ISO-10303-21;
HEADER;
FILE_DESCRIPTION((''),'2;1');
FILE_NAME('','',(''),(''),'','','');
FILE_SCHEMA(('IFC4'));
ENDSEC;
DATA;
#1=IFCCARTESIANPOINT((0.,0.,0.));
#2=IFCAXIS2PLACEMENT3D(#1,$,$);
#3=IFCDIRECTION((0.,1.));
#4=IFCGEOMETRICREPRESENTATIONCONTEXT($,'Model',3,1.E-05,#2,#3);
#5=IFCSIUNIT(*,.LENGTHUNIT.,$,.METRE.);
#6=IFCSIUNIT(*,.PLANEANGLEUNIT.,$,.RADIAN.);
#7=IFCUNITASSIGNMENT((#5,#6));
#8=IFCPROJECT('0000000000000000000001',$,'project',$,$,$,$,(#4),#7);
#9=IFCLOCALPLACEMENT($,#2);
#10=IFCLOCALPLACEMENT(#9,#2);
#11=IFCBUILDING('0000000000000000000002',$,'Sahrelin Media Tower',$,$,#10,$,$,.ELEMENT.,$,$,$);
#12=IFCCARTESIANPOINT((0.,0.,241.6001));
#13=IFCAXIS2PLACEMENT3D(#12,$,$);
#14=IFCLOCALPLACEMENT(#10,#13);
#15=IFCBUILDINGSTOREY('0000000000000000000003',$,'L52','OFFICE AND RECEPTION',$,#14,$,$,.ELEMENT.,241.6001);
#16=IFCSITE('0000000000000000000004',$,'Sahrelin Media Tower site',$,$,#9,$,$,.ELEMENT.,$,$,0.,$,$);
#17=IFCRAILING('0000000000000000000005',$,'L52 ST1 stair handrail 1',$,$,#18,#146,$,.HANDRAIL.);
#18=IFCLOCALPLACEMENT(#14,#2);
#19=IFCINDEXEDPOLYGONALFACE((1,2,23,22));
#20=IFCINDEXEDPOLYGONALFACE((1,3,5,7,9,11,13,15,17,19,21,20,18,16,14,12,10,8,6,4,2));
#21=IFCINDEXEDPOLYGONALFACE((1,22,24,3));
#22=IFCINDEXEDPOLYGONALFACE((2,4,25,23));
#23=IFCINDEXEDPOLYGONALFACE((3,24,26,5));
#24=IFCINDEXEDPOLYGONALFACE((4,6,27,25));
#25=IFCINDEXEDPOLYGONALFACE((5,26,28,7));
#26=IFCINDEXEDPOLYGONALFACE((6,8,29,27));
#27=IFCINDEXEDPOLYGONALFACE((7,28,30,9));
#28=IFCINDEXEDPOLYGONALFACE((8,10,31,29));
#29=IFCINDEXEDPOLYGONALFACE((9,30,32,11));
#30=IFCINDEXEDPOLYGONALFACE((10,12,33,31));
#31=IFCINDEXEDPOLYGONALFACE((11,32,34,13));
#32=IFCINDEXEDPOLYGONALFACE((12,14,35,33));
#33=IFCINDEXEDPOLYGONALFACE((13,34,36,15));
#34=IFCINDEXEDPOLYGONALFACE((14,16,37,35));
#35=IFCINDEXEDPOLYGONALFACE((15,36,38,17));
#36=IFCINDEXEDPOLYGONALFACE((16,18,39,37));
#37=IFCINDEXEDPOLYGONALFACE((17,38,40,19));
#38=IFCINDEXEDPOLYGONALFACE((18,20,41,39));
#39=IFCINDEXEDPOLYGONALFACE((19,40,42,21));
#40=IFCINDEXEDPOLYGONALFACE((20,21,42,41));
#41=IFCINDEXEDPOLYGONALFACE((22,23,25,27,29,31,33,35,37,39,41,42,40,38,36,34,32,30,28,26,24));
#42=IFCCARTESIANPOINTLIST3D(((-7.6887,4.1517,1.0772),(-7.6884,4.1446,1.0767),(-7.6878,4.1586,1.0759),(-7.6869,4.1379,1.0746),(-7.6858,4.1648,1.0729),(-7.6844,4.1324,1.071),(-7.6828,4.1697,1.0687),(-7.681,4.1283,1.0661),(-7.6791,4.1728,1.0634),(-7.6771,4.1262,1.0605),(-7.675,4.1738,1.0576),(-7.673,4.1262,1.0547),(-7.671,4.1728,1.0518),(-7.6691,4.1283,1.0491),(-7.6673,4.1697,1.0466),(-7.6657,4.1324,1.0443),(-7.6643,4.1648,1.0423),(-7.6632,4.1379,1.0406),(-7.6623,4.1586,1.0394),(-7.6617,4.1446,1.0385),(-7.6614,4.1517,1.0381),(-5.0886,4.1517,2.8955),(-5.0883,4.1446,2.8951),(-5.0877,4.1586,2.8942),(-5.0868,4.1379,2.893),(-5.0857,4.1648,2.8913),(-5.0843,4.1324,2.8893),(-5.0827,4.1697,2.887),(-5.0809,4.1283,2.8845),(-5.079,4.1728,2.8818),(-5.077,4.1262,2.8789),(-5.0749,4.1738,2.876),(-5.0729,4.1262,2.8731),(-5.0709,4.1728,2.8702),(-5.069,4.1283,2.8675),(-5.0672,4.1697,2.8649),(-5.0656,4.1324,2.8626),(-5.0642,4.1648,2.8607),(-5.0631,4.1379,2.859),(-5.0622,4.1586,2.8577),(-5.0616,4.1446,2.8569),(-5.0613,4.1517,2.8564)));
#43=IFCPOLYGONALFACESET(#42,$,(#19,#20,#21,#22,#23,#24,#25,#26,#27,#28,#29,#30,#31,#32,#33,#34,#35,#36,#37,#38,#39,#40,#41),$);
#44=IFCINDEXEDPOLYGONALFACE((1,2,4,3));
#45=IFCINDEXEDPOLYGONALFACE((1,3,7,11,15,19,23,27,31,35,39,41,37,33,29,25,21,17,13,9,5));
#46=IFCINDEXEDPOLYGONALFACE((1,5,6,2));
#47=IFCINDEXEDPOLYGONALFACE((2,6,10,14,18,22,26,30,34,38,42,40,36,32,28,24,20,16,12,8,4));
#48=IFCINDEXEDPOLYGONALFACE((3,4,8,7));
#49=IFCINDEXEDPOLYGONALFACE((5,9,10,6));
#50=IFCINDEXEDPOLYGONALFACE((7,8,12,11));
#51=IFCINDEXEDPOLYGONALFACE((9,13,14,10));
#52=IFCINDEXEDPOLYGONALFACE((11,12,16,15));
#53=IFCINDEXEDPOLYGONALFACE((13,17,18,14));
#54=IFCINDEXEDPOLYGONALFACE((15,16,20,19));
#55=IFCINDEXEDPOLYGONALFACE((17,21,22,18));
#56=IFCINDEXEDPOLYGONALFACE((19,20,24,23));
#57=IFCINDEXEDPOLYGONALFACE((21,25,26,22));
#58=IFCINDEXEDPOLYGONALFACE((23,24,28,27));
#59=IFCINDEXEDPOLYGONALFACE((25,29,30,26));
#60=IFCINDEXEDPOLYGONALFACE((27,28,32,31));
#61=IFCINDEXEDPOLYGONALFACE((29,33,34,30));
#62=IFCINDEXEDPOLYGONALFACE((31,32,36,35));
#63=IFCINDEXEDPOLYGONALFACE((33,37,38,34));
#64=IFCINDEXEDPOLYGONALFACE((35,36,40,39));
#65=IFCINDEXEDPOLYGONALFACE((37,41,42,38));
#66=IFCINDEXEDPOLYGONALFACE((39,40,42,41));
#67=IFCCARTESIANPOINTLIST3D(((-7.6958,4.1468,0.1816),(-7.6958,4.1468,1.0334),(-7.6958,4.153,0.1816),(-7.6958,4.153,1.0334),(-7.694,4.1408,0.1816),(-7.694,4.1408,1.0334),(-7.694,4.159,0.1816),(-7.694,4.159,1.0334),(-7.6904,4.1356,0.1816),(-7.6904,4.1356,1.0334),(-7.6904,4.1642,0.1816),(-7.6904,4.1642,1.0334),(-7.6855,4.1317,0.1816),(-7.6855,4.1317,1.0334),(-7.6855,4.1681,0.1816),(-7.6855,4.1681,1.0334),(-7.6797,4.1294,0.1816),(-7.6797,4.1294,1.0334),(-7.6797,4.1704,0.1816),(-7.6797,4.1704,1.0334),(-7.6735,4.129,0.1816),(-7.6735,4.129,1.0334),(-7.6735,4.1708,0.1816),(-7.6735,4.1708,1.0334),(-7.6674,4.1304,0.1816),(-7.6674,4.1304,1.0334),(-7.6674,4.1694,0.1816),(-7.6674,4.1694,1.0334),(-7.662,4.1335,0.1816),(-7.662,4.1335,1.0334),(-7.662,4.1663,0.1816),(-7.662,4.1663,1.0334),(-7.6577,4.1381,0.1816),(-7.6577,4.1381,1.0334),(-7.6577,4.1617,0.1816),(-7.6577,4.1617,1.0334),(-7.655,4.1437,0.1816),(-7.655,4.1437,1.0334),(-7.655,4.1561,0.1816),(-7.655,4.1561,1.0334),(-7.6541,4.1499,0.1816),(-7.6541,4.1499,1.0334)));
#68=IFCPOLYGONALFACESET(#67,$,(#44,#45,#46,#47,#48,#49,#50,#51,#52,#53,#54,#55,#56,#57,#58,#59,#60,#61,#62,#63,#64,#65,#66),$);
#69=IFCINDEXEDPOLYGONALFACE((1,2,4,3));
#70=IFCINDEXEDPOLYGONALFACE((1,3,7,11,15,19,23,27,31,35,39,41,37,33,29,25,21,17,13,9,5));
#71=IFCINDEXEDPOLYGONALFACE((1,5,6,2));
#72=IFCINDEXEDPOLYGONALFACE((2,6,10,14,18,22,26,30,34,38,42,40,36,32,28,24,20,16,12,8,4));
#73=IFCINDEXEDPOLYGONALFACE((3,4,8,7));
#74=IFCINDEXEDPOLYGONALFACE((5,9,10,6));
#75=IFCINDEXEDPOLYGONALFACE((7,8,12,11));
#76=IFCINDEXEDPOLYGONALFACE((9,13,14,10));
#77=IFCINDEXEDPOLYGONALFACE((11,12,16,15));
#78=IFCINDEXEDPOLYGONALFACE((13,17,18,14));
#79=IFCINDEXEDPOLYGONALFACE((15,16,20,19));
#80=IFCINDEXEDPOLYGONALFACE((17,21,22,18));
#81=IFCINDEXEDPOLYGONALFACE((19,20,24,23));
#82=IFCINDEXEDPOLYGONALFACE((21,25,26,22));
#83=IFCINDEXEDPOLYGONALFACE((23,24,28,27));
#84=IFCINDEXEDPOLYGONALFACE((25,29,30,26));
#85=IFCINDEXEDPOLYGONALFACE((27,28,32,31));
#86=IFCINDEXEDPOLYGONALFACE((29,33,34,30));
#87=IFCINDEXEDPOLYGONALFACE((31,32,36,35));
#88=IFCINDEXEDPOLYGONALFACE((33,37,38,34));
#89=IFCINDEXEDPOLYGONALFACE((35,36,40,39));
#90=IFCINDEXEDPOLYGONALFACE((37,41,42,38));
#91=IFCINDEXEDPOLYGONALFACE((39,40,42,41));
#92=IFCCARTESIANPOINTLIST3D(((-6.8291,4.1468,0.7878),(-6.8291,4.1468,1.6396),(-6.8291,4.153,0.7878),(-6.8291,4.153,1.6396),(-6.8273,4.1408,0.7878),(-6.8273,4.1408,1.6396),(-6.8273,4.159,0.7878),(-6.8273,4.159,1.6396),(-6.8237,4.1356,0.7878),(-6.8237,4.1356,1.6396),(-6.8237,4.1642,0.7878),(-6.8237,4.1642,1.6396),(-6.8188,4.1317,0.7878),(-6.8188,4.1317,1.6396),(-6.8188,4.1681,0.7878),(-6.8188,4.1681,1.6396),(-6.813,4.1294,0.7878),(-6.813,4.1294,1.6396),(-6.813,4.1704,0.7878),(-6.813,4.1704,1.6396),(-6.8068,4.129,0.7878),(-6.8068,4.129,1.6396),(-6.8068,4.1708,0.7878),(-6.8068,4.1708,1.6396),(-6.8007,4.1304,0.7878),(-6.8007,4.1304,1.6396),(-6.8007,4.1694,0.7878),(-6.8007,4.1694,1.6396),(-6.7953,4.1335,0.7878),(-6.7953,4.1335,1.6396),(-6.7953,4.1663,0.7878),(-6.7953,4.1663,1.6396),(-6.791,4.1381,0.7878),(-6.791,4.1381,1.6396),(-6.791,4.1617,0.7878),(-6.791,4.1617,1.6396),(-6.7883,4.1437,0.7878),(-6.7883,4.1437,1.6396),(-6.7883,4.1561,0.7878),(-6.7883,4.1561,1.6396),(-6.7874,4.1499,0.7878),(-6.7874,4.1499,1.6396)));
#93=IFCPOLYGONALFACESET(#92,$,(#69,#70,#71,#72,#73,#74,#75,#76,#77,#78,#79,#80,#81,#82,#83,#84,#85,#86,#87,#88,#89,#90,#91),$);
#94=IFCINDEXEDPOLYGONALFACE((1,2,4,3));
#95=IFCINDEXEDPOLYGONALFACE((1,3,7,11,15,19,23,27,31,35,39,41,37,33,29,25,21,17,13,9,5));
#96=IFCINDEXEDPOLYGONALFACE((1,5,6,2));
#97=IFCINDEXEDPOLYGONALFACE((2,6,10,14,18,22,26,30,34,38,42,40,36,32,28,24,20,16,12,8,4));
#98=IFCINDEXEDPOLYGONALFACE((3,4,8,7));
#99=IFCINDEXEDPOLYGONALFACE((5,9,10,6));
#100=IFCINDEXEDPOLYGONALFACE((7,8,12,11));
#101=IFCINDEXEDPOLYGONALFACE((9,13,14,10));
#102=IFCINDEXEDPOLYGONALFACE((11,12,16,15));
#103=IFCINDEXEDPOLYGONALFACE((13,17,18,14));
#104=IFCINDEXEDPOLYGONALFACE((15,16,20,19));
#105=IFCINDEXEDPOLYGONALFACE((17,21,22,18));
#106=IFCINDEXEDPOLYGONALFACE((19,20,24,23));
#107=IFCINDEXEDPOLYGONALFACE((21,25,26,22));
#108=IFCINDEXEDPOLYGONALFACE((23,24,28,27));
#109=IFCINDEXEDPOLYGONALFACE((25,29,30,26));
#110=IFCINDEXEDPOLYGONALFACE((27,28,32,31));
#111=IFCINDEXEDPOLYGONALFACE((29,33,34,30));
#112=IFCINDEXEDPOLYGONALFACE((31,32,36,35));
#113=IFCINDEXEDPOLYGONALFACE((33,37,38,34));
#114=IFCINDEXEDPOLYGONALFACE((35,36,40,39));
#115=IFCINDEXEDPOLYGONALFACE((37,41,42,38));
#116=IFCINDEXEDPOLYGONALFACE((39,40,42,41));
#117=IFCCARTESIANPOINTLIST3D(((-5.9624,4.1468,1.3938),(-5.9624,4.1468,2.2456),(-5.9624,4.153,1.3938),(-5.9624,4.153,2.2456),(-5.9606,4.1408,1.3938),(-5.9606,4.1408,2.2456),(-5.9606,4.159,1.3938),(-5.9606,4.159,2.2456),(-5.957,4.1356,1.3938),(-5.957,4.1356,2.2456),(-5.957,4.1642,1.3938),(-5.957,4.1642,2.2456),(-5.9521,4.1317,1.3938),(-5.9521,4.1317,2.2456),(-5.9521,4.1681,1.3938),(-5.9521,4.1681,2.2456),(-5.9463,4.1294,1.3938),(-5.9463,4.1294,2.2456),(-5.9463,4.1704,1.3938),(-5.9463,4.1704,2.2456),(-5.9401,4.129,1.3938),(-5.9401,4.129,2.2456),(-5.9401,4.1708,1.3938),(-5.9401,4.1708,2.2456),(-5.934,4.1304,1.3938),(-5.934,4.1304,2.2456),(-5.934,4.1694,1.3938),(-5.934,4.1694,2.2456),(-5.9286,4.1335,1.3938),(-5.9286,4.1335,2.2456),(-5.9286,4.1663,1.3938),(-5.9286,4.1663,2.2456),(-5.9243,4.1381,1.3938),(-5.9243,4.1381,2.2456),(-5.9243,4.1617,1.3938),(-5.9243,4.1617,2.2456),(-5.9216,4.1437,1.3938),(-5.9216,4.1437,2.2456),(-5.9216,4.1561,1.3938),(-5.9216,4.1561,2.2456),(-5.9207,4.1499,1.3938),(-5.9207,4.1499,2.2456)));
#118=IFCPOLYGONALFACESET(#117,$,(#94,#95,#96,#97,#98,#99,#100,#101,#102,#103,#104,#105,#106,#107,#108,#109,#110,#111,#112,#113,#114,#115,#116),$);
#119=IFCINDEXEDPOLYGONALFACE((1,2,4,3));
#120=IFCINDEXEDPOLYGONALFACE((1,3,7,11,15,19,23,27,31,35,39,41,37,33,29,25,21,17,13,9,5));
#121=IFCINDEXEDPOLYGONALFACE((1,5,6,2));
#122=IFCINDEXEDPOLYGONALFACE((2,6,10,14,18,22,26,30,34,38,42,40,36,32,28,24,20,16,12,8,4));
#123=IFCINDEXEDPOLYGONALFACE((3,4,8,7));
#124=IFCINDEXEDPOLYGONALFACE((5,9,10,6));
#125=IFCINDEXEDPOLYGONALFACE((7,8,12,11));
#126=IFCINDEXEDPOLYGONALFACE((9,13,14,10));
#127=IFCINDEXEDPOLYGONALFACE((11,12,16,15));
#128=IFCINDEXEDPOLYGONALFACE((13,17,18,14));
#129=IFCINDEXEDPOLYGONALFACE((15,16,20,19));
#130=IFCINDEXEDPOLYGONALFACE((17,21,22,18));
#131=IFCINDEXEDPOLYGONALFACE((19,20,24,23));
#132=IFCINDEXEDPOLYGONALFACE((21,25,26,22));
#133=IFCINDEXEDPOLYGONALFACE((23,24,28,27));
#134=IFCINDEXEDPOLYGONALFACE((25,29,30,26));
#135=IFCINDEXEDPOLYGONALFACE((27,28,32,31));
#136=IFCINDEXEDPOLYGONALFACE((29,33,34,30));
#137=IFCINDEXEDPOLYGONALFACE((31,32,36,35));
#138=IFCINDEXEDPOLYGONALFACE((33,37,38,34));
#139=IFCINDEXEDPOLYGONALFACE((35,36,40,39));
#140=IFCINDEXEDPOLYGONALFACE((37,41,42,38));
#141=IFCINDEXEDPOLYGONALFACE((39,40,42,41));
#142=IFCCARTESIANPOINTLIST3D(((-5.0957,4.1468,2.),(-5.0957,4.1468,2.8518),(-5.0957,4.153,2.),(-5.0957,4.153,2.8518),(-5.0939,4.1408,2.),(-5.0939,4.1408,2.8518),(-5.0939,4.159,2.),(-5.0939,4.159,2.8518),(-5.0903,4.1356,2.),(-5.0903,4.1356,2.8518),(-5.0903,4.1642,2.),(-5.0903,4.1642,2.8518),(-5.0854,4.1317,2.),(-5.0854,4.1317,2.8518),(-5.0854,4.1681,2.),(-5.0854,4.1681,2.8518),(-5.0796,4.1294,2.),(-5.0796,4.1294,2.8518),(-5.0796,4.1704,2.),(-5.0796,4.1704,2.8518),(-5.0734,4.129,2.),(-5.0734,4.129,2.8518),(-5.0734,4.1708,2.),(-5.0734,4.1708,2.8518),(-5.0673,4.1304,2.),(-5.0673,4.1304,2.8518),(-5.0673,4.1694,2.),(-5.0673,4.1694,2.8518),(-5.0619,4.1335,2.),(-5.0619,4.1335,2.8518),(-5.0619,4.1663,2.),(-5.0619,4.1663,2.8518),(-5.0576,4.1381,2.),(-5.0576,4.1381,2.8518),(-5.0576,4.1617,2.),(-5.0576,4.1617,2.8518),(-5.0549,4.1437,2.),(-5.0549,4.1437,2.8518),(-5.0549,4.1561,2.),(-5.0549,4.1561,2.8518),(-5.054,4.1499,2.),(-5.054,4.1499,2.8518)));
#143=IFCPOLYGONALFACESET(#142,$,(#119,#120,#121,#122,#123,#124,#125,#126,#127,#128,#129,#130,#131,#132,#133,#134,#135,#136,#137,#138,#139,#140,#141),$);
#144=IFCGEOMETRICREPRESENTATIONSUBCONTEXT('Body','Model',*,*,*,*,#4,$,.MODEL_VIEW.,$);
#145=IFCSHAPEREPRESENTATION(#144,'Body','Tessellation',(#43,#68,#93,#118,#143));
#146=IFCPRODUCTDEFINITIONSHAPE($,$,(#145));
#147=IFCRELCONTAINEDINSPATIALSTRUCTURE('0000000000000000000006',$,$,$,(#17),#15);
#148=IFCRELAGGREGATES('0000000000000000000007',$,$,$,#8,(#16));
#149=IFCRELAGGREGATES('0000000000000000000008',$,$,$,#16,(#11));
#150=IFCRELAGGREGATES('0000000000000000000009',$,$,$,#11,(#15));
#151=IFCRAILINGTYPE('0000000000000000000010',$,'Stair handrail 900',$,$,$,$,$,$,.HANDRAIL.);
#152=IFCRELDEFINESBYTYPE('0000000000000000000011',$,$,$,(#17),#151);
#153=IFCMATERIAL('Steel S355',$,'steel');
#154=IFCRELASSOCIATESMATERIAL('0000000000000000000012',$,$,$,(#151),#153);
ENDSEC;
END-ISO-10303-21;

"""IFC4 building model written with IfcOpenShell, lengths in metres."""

from ifc_helpers import new_model, si_unit, direction, frame, origin, origin_2d, place, context, subcontext, project, spatial, circle, extrude, material, type_object, element, save


model = new_model("IFC4")

# Units and contexts
model_context = context("Model", 3, precision=1e-05, world=origin(), true_north=direction((0.0, 1.0)))
body_context = subcontext(model_context, "Body", "Model", "MODEL_VIEW")
ifc_project = project(units=[si_unit("LENGTHUNIT", "METRE"), si_unit("PLANEANGLEUNIT", "RADIAN")], contexts=[model_context])

# Site, building, storey
site_placement = place(None, origin())
site = spatial("IfcSite", under=ifc_project, at=site_placement, Name="Sahrelin Media Tower site", CompositionType="ELEMENT", RefElevation=0.0)
building_placement = place(site_placement, origin())
building = spatial("IfcBuilding", under=site, at=building_placement, Name="Sahrelin Media Tower", CompositionType="ELEMENT")
storey_placement = place(building_placement, frame((0.0, 0.0, 241.6001)))
storey = spatial("IfcBuildingStorey", under=building, at=storey_placement, Name="L52", Description="OFFICE AND RECEPTION", CompositionType="ELEMENT", Elevation=241.6001)

# Shared definitions
ifc_material_1 = material(Name="Steel S355", Category="steel")

# Railing
railing_type_1 = type_object("IfcRailingType", Name="Stair handrail 900", PredefinedType="HANDRAIL", material=ifc_material_1)
railing_1_placement = place(storey_placement, frame((-7.675, 4.1499, 0.1816)))
element("IfcRailing", 1, at=railing_1_placement, inside=storey, type_object=railing_type_1, Name="L52 ST1 stair handrail 1", PredefinedType="HANDRAIL", context=body_context, shape_type="SweptSolid", body=[
    extrude(circle(Radius=0.0239, at=origin_2d()), frame((0.0, 0.0, 0.876), z_axis=(0.819485, 0.0, 0.573101), x_axis=(0.0, 1.0, 0.0)), (0.0, 0.0, 1.0), 3.1729),
    extrude(circle(Radius=0.021, at=origin_2d()), origin(), (0.0, 0.0, 1.0), 0.8518),
    extrude(circle(Radius=0.021, at=origin_2d()), frame((0.8667, 0.0, 0.6062)), (0.0, 0.0, 1.0), 0.8518),
    extrude(circle(Radius=0.021, at=origin_2d()), frame((1.7334, 0.0, 1.2122)), (0.0, 0.0, 1.0), 0.8518),
    extrude(circle(Radius=0.021, at=origin_2d()), frame((2.6001, 0.0, 1.8184)), (0.0, 0.0, 1.0), 0.8518),
])

save(model, "model.ifc")
